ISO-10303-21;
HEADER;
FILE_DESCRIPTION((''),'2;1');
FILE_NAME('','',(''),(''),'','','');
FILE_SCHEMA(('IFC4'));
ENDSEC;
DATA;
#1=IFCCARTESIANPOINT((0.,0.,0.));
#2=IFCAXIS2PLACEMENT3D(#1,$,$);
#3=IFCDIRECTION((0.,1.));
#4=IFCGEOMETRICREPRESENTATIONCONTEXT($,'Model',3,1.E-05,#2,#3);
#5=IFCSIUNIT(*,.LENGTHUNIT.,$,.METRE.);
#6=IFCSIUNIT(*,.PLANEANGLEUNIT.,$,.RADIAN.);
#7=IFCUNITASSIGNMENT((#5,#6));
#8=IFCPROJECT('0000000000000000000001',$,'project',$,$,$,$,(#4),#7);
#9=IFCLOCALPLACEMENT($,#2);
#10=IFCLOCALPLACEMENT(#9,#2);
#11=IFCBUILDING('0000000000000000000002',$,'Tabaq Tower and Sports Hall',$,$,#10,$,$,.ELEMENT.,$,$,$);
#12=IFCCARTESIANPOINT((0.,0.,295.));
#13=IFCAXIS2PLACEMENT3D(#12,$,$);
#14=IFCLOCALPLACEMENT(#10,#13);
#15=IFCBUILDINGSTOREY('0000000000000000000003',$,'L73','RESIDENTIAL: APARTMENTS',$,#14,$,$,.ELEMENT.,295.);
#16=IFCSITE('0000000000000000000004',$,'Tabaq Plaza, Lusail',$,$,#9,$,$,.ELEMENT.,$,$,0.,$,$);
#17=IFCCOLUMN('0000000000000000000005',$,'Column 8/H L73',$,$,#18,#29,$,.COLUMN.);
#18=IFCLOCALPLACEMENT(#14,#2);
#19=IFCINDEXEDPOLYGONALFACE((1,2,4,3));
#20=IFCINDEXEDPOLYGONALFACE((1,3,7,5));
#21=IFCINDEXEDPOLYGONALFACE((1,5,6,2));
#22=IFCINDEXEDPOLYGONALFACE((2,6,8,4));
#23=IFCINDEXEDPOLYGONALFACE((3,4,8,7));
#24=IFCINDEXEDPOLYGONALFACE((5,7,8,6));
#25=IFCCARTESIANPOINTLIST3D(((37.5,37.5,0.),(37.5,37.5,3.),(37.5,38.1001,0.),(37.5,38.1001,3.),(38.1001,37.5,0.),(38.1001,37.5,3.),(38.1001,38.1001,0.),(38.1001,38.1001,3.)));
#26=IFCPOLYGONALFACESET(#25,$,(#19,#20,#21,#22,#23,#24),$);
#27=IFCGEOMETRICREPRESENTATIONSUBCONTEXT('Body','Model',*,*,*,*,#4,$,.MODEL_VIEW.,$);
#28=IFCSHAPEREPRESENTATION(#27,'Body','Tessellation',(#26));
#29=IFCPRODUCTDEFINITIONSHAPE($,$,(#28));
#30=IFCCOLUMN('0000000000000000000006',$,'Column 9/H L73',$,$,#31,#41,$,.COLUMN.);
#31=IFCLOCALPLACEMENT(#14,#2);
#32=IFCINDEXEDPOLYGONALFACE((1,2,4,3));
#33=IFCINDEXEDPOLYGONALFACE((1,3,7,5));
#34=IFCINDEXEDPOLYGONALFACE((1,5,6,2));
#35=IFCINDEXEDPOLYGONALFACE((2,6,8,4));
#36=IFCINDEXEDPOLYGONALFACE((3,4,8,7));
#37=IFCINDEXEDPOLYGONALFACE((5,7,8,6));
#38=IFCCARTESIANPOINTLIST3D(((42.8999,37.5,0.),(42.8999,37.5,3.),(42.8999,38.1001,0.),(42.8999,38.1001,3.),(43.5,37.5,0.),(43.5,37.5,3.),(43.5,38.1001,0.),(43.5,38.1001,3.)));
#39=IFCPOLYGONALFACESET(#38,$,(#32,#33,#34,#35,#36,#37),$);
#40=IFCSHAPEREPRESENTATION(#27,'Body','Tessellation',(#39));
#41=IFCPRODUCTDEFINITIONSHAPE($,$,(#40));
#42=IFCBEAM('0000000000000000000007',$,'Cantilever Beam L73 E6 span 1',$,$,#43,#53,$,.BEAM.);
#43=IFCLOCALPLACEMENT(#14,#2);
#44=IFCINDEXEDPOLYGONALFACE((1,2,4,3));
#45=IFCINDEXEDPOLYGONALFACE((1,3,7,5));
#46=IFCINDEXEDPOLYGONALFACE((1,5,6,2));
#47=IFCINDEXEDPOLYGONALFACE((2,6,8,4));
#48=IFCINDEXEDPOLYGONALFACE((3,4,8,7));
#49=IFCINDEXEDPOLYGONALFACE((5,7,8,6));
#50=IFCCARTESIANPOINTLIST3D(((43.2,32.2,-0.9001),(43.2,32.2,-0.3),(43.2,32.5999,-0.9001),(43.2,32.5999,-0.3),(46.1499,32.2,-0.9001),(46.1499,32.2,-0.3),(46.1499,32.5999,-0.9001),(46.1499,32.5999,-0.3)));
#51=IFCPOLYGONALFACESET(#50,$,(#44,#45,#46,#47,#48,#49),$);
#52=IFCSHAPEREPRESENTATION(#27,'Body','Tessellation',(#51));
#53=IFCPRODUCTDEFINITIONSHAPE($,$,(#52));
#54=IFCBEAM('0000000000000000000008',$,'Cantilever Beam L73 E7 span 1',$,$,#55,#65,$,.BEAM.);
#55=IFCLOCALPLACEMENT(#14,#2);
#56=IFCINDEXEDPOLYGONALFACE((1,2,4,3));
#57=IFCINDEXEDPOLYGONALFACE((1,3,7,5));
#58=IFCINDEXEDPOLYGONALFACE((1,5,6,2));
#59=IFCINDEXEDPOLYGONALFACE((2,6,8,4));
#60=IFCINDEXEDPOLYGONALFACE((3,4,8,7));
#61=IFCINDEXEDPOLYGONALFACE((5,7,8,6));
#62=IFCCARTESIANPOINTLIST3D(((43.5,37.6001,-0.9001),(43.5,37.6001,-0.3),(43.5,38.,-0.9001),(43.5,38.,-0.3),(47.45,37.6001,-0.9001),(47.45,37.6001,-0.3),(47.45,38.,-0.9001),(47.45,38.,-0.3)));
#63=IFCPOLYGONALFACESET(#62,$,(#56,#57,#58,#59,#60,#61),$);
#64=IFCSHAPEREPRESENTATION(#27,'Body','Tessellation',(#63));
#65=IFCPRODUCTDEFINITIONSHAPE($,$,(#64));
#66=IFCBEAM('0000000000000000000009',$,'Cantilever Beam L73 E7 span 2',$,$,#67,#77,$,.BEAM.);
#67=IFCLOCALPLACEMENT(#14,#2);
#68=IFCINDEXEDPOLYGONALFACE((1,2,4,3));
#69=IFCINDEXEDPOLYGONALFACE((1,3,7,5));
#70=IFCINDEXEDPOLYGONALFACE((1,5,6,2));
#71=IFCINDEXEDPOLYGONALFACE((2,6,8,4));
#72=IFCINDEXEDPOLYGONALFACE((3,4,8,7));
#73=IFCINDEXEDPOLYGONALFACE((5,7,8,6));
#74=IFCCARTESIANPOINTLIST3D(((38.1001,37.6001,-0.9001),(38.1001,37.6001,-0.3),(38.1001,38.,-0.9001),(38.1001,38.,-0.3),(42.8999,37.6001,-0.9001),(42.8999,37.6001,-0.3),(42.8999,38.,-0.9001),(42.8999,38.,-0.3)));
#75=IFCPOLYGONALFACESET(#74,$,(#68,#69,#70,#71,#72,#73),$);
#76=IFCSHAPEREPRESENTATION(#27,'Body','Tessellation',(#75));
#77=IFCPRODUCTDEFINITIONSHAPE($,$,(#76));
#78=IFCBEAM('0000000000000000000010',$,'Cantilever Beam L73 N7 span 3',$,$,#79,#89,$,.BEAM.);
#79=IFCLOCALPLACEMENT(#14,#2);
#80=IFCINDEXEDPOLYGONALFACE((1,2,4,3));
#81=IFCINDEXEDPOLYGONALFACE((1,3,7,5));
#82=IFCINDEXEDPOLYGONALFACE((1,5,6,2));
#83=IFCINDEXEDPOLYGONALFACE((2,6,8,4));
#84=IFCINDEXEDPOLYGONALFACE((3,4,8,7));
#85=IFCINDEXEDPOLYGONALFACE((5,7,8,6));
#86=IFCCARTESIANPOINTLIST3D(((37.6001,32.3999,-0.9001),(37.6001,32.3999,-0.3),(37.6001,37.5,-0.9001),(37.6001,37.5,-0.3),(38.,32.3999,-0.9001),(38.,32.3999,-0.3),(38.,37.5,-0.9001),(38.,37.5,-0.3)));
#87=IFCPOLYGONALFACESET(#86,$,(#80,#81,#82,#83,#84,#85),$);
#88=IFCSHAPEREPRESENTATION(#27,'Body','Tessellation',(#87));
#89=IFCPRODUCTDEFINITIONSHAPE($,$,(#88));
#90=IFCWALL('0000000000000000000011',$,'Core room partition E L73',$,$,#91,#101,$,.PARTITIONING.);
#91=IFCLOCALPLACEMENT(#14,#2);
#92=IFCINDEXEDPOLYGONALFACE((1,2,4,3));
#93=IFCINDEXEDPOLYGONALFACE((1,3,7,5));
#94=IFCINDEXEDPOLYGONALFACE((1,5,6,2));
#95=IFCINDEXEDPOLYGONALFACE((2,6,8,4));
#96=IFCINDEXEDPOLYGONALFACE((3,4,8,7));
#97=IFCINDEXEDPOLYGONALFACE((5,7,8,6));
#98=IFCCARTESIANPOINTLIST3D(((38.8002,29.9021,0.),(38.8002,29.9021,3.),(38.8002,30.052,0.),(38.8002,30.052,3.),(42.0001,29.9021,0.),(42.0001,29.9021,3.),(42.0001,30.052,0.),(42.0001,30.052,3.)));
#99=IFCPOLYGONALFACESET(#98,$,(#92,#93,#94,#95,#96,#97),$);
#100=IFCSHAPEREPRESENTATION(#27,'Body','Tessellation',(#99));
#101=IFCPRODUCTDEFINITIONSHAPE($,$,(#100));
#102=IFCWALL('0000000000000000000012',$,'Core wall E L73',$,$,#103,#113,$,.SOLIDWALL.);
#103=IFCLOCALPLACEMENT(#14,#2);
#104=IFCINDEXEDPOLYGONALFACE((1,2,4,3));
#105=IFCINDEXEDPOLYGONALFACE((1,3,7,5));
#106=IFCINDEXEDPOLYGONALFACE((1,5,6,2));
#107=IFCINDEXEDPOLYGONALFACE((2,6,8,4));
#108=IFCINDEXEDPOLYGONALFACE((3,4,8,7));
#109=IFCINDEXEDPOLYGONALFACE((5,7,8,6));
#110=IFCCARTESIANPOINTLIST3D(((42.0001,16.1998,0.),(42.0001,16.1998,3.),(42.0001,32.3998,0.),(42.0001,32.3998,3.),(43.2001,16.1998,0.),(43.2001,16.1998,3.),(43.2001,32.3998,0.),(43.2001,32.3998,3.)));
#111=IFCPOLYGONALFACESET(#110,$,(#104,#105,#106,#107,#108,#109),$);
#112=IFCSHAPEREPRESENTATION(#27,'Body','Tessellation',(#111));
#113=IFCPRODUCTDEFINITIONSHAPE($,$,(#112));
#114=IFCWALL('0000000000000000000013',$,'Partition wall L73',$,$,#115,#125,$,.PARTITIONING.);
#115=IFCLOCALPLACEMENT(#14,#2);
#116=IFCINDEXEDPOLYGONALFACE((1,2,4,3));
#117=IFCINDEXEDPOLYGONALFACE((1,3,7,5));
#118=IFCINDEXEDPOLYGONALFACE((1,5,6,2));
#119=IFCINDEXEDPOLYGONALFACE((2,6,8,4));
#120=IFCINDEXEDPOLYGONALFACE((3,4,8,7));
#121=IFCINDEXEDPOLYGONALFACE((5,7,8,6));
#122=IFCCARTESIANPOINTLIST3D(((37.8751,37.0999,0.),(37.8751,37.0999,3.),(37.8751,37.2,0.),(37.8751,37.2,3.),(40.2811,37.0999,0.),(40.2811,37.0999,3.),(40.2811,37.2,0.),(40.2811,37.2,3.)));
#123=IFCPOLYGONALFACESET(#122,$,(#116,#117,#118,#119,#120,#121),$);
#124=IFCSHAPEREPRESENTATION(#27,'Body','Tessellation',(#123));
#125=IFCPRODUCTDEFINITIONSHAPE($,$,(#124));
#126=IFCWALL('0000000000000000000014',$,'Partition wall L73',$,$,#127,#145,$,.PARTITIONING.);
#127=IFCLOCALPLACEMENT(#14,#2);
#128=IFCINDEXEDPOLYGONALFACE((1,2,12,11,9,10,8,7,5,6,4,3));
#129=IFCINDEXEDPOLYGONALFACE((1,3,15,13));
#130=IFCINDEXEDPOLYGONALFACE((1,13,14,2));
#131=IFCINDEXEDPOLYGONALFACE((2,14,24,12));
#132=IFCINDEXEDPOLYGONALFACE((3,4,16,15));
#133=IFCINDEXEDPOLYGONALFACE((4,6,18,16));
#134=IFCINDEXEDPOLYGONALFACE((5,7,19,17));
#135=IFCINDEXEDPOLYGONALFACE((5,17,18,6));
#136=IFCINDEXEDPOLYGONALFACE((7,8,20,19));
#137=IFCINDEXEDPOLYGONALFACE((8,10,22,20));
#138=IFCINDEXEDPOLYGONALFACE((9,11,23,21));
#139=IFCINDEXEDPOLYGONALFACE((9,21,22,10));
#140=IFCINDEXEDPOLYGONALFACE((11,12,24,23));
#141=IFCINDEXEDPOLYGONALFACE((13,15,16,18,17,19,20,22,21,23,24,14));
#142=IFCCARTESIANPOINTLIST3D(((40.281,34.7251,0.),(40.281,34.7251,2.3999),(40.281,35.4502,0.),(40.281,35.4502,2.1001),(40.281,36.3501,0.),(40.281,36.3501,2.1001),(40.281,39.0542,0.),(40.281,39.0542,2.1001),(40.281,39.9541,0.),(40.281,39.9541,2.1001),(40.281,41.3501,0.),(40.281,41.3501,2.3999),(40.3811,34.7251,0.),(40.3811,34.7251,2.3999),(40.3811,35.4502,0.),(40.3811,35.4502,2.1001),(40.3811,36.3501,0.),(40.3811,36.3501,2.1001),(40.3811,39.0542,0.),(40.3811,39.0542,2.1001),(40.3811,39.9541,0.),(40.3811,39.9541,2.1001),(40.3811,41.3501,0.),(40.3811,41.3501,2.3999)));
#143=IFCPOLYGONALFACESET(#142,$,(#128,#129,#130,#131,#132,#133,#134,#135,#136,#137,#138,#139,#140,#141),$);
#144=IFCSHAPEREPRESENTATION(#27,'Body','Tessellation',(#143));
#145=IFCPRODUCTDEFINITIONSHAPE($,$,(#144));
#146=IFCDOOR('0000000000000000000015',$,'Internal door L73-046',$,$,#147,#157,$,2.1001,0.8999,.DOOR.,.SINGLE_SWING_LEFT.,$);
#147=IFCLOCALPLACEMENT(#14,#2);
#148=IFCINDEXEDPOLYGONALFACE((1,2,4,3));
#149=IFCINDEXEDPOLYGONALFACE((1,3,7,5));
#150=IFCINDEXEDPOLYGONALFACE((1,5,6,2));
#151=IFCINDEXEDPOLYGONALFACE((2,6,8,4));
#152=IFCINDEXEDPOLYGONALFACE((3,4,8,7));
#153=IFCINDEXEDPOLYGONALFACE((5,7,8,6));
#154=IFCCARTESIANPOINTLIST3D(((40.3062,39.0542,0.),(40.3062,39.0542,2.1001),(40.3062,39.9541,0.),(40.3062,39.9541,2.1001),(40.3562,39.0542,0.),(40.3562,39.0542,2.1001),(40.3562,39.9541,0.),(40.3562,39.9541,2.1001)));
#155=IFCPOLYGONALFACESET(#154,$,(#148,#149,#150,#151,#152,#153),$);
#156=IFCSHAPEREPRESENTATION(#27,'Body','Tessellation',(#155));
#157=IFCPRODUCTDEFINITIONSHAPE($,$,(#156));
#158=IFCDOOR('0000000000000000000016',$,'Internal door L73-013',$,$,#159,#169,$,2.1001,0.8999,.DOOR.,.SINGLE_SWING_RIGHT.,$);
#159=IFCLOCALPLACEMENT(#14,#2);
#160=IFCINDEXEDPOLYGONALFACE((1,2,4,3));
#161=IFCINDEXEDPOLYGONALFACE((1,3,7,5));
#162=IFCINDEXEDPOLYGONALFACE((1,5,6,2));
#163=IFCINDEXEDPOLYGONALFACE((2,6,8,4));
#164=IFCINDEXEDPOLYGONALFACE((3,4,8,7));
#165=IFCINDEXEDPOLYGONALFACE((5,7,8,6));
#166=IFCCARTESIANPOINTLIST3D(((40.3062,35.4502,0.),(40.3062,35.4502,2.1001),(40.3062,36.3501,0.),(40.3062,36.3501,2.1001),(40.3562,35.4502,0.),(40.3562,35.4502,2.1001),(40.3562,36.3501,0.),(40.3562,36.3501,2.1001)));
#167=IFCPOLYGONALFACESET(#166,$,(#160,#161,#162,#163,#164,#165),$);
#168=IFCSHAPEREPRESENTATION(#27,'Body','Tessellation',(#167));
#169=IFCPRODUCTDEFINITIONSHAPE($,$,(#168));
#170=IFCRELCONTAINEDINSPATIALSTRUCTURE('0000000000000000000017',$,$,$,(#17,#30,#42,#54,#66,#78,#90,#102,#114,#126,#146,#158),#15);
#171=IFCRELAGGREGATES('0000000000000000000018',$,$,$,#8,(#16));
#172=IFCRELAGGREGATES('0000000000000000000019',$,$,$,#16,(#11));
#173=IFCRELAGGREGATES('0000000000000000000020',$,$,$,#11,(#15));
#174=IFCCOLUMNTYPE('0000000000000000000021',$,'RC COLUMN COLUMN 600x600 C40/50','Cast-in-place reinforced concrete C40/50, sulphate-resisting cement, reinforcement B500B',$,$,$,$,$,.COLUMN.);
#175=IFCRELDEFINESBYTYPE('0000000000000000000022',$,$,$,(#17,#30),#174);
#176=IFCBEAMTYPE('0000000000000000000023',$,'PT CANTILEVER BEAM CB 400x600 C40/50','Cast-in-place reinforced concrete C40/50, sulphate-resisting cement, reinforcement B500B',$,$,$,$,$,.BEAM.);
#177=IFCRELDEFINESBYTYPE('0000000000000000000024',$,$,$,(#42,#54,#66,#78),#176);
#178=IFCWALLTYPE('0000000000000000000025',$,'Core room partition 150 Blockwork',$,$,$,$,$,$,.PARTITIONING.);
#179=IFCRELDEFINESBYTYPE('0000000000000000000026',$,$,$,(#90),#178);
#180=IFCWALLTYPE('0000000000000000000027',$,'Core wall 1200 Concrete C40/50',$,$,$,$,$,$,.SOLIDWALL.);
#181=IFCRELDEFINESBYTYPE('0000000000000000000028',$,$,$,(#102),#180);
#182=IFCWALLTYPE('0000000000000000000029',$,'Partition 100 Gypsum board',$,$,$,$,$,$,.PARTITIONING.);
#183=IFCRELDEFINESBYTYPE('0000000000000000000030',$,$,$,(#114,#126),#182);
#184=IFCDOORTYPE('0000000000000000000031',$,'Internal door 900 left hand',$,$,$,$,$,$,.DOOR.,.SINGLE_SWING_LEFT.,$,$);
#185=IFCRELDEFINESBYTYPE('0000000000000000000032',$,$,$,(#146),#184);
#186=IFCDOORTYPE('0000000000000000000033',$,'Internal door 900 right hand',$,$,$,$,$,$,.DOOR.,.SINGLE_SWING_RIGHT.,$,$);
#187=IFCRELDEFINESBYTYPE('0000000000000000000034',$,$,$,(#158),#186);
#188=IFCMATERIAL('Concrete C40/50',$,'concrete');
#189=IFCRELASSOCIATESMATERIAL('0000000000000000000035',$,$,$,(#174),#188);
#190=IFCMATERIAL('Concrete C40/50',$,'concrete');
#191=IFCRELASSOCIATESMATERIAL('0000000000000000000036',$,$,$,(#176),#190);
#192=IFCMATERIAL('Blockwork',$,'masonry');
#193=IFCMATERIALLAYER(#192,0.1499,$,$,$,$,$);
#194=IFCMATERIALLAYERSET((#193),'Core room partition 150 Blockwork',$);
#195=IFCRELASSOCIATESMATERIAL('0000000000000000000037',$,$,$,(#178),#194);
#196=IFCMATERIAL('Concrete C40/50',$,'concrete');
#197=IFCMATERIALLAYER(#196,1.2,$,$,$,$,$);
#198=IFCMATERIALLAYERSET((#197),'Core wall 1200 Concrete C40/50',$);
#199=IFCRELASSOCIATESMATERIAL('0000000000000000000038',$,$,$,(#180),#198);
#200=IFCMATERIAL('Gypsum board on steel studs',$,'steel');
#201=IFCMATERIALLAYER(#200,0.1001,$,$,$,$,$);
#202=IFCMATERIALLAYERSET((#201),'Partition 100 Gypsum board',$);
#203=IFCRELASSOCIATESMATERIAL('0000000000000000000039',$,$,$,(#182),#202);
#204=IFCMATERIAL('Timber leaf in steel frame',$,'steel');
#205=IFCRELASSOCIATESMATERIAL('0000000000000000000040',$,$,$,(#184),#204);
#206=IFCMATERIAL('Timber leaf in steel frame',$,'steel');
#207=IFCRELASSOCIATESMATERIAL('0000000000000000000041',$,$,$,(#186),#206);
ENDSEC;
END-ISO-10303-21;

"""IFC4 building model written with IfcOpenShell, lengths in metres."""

from ifc_helpers import new_model, si_unit, direction, frame, frame_2d, origin, origin_2d, place, context, subcontext, project, spatial, rectangle, extrude, material, layer, layer_set, material_profile, profile_set, type_object, element, fill, save


model = new_model("IFC4")

# Units and contexts
model_context = context("Model", 3, precision=1e-05, world=origin(), true_north=direction((0.0, 1.0)))
body_context = subcontext(model_context, "Body", "Model", "MODEL_VIEW")
ifc_project = project(units=[si_unit("LENGTHUNIT", "METRE"), si_unit("PLANEANGLEUNIT", "RADIAN")], contexts=[model_context])

# Site, building, storey
site_placement = place(None, origin())
site = spatial("IfcSite", under=ifc_project, at=site_placement, Name="Tabaq Plaza, Lusail", CompositionType="ELEMENT", RefElevation=0.0)
building_placement = place(site_placement, origin())
building = spatial("IfcBuilding", under=site, at=building_placement, Name="Tabaq Tower and Sports Hall", CompositionType="ELEMENT")
storey_placement = place(building_placement, frame((0.0, 0.0, 295.0)))
storey = spatial("IfcBuildingStorey", under=building, at=storey_placement, Name="L73", Description="RESIDENTIAL: APARTMENTS", CompositionType="ELEMENT", Elevation=295.0)

# Columns
ifc_material_1 = material(Name="Concrete C40/50", Category="concrete")
ifc_material_profile_1 = material_profile(ifc_material_1, rectangle(XDim=0.6001, YDim=0.6001, at=origin_2d()), Name="COLUMN 600x600")
ifc_profile_set_1 = profile_set([ifc_material_profile_1], Name="Concrete C40/50")
column_type = type_object("IfcColumnType", Name="RC COLUMN COLUMN 600x600 C40/50", Description="Cast-in-place reinforced concrete C40/50, sulphate-resisting cement, reinforcement B500B", PredefinedType="COLUMN", material=ifc_profile_set_1)
for number, where, z_axis, x_axis, name in (
    (1, (37.8, 37.8, 0.0), (0.0, 0.0, 1.0), (1.0, 0.0, 0.0), "Column 8/H L73"),
    (2, (43.2, 37.8, 0.0), (0.0, 0.0, 1.0), (1.0, 0.0, 0.0), "Column 9/H L73"),
):
    element("IfcColumn", number, at=place(storey_placement, frame(where, z_axis=z_axis, x_axis=x_axis)), inside=storey, type_object=column_type, Name=name, PredefinedType="COLUMN", context=body_context, shape_type="SweptSolid", body=[
        extrude(rectangle(XDim=0.6001, YDim=0.6001, at=origin_2d()), origin(), (0.0, 0.0, 1.0), 3.0),
    ])

# Beams
ifc_material_2 = material(Name="Concrete C40/50", Category="concrete")
ifc_material_profile_2 = material_profile(ifc_material_2, rectangle(XDim=0.3999, YDim=0.6001, at=origin_2d()), Name="CB 400x600")
ifc_profile_set_2 = profile_set([ifc_material_profile_2], Name="Concrete C40/50")
beam_type = type_object("IfcBeamType", Name="PT CANTILEVER BEAM CB 400x600 C40/50", Description="Cast-in-place reinforced concrete C40/50, sulphate-resisting cement, reinforcement B500B", PredefinedType="BEAM", material=ifc_profile_set_2)
beam_1_placement = place(storey_placement, frame((46.1499, 32.3999, -0.6001), z_axis=(-1.0, 0.0, 0.0), x_axis=(0.0, -1.0, 0.0)))
element("IfcBeam", 3, at=beam_1_placement, inside=storey, type_object=beam_type, Name="Cantilever Beam L73 E6 span 1", PredefinedType="BEAM", context=body_context, shape_type="SweptSolid", body=[
    extrude(rectangle(XDim=0.3999, YDim=0.6001, at=origin_2d()), origin(), (0.0, 0.0, 1.0), 2.95),
])
beam_2_placement = place(storey_placement, frame((47.45, 37.8, -0.6001), z_axis=(-1.0, 0.0, 0.0), x_axis=(0.0, -1.0, 0.0)))
element("IfcBeam", 4, at=beam_2_placement, inside=storey, type_object=beam_type, Name="Cantilever Beam L73 E7 span 1", PredefinedType="BEAM", context=body_context, shape_type="SweptSolid", body=[
    extrude(rectangle(XDim=0.3999, YDim=0.6001, at=origin_2d()), origin(), (0.0, 0.0, 1.0), 3.95),
])
beam_3_placement = place(storey_placement, frame((42.8999, 37.8, -0.6001), z_axis=(-1.0, 0.0, 0.0), x_axis=(0.0, -1.0, 0.0)))
element("IfcBeam", 5, at=beam_3_placement, inside=storey, type_object=beam_type, Name="Cantilever Beam L73 E7 span 2", PredefinedType="BEAM", context=body_context, shape_type="SweptSolid", body=[
    extrude(rectangle(XDim=0.3999, YDim=0.6001, at=origin_2d()), origin(), (0.0, 0.0, 1.0), 4.7998),
])
beam_4_placement = place(storey_placement, frame((37.8, 37.5, -0.6001), z_axis=(0.0, -1.0, 0.0), x_axis=(1.0, 0.0, 0.0)))
element("IfcBeam", 6, at=beam_4_placement, inside=storey, type_object=beam_type, Name="Cantilever Beam L73 N7 span 3", PredefinedType="BEAM", context=body_context, shape_type="SweptSolid", body=[
    extrude(rectangle(XDim=0.3999, YDim=0.6001, at=origin_2d()), origin(), (0.0, 0.0, 1.0), 5.1001),
])

# Walls
ifc_material_3 = material(Name="Blockwork", Category="masonry")
ifc_layer_1 = layer(ifc_material_3, 0.1499)
ifc_layer_set_1 = layer_set([ifc_layer_1], Name="Core room partition 150 Blockwork")
wall_type_1 = type_object("IfcWallType", Name="Core room partition 150 Blockwork", PredefinedType="PARTITIONING", material=ifc_layer_set_1)
wall_1_placement = place(storey_placement, frame((38.8, 29.9771, 0.0), z_axis=(0.0, 0.0, 1.0), x_axis=(1.0, 0.0, 0.0)))
element("IfcWall", 7, at=wall_1_placement, inside=storey, type_object=wall_type_1, Name="Core room partition E L73", PredefinedType="PARTITIONING", context=body_context, shape_type="SweptSolid", body=[
    extrude(rectangle(XDim=3.2, YDim=0.1499, at=frame_2d((1.6001, 0.0))), origin(), (0.0, 0.0, 1.0), 3.0),
])
ifc_material_4 = material(Name="Concrete C40/50", Category="concrete")
ifc_layer_2 = layer(ifc_material_4, 1.2)
ifc_layer_set_2 = layer_set([ifc_layer_2], Name="Core wall 1200 Concrete C40/50")
wall_type_2 = type_object("IfcWallType", Name="Core wall 1200 Concrete C40/50", PredefinedType="SOLIDWALL", material=ifc_layer_set_2)
wall_2_placement = place(storey_placement, frame((42.6001, 32.3999, 0.0), z_axis=(0.0, 0.0, 1.0), x_axis=(0.0, -1.0, 0.0)))
element("IfcWall", 8, at=wall_2_placement, inside=storey, type_object=wall_type_2, Name="Core wall E L73", PredefinedType="SOLIDWALL", context=body_context, shape_type="SweptSolid", body=[
    extrude(rectangle(XDim=16.2, YDim=1.2, at=frame_2d((8.1001, 0.0))), origin(), (0.0, 0.0, 1.0), 3.0),
])
ifc_material_5 = material(Name="Gypsum board on steel studs", Category="steel")
ifc_layer_3 = layer(ifc_material_5, 0.1001)
ifc_layer_set_3 = layer_set([ifc_layer_3], Name="Partition 100 Gypsum board")
wall_type_3 = type_object("IfcWallType", Name="Partition 100 Gypsum board", PredefinedType="PARTITIONING", material=ifc_layer_set_3)
wall_3_placement = place(storey_placement, frame((37.875, 37.1499, 0.0), z_axis=(0.0, 0.0, 1.0), x_axis=(1.0, 0.0, 0.0)))
element("IfcWall", 9, at=wall_3_placement, inside=storey, type_object=wall_type_3, Name="Partition wall L73", PredefinedType="PARTITIONING", context=body_context, shape_type="SweptSolid", body=[
    extrude(rectangle(XDim=2.406, YDim=0.1001, at=frame_2d((1.2031, 0.0))), origin(), (0.0, 0.0, 1.0), 3.0),
])

# Wall, openings, doors
wall_4_placement = place(storey_placement, frame((40.3311, 34.7251, 0.0), z_axis=(0.0, 0.0, 1.0), x_axis=(0.0, 1.0, 0.0)))
wall_4 = element("IfcWall", 10, at=wall_4_placement, inside=storey, type_object=wall_type_3, Name="Partition wall L73", PredefinedType="PARTITIONING", context=body_context, shape_type="SweptSolid", body=[
    extrude(rectangle(XDim=6.625, YDim=0.1001, at=frame_2d((3.3125, 0.0))), origin(), (0.0, 0.0, 1.0), 2.3999),
])
opening_1_placement = place(wall_4_placement, frame((0.7251, 0.0, 0.0)))
opening_1 = element("IfcOpeningElement", 11, at=opening_1_placement, cuts=wall_4, PredefinedType="OPENING", context=body_context, shape_type="SweptSolid", body=[
    extrude(rectangle(XDim=0.8999, YDim=2.1001, at=frame_2d((0.45, 1.05))), frame((0.0, 0.05, 0.0), z_axis=(0.0, -1.0, 0.0), x_axis=(1.0, 0.0, 0.0)), (0.0, 0.0, 1.0), 0.1001),
])
opening_2_placement = place(wall_4_placement, frame((4.3291, 0.0, 0.0)))
opening_2 = element("IfcOpeningElement", 12, at=opening_2_placement, cuts=wall_4, PredefinedType="OPENING", context=body_context, shape_type="SweptSolid", body=[
    extrude(rectangle(XDim=0.8999, YDim=2.1001, at=frame_2d((0.45, 1.05))), frame((0.0, 0.05, 0.0), z_axis=(0.0, -1.0, 0.0), x_axis=(1.0, 0.0, 0.0)), (0.0, 0.0, 1.0), 0.1001),
])
ifc_material_6 = material(Name="Timber leaf in steel frame", Category="steel")
door_type_1 = type_object("IfcDoorType", Name="Internal door 900 left hand", OperationType="SINGLE_SWING_LEFT", PredefinedType="DOOR", material=ifc_material_6)
door_1_placement = place(opening_2_placement, origin())
door_1 = element("IfcDoor", 13, at=door_1_placement, inside=storey, type_object=door_type_1, Name="Internal door L73-046", OperationType="SINGLE_SWING_LEFT", OverallHeight=2.1001, OverallWidth=0.8999, PredefinedType="DOOR", context=body_context, shape_type="SweptSolid", body=[
    extrude(rectangle(XDim=0.8999, YDim=2.1001, at=frame_2d((0.45, 1.05))), frame((0.0, 0.0249, 0.0), z_axis=(0.0, -1.0, 0.0), x_axis=(1.0, 0.0, 0.0)), (0.0, 0.0, 1.0), 0.05),
])
fill(opening_2, door_1)
ifc_material_7 = material(Name="Timber leaf in steel frame", Category="steel")
door_type_2 = type_object("IfcDoorType", Name="Internal door 900 right hand", OperationType="SINGLE_SWING_RIGHT", PredefinedType="DOOR", material=ifc_material_7)
door_2_placement = place(opening_1_placement, origin())
door_2 = element("IfcDoor", 14, at=door_2_placement, inside=storey, type_object=door_type_2, Name="Internal door L73-013", OperationType="SINGLE_SWING_RIGHT", OverallHeight=2.1001, OverallWidth=0.8999, PredefinedType="DOOR", context=body_context, shape_type="SweptSolid", body=[
    extrude(rectangle(XDim=0.8999, YDim=2.1001, at=frame_2d((0.45, 1.05))), frame((0.0, 0.0249, 0.0), z_axis=(0.0, -1.0, 0.0), x_axis=(1.0, 0.0, 0.0)), (0.0, 0.0, 1.0), 0.05),
])
fill(opening_1, door_2)

save(model, "model.ifc")
